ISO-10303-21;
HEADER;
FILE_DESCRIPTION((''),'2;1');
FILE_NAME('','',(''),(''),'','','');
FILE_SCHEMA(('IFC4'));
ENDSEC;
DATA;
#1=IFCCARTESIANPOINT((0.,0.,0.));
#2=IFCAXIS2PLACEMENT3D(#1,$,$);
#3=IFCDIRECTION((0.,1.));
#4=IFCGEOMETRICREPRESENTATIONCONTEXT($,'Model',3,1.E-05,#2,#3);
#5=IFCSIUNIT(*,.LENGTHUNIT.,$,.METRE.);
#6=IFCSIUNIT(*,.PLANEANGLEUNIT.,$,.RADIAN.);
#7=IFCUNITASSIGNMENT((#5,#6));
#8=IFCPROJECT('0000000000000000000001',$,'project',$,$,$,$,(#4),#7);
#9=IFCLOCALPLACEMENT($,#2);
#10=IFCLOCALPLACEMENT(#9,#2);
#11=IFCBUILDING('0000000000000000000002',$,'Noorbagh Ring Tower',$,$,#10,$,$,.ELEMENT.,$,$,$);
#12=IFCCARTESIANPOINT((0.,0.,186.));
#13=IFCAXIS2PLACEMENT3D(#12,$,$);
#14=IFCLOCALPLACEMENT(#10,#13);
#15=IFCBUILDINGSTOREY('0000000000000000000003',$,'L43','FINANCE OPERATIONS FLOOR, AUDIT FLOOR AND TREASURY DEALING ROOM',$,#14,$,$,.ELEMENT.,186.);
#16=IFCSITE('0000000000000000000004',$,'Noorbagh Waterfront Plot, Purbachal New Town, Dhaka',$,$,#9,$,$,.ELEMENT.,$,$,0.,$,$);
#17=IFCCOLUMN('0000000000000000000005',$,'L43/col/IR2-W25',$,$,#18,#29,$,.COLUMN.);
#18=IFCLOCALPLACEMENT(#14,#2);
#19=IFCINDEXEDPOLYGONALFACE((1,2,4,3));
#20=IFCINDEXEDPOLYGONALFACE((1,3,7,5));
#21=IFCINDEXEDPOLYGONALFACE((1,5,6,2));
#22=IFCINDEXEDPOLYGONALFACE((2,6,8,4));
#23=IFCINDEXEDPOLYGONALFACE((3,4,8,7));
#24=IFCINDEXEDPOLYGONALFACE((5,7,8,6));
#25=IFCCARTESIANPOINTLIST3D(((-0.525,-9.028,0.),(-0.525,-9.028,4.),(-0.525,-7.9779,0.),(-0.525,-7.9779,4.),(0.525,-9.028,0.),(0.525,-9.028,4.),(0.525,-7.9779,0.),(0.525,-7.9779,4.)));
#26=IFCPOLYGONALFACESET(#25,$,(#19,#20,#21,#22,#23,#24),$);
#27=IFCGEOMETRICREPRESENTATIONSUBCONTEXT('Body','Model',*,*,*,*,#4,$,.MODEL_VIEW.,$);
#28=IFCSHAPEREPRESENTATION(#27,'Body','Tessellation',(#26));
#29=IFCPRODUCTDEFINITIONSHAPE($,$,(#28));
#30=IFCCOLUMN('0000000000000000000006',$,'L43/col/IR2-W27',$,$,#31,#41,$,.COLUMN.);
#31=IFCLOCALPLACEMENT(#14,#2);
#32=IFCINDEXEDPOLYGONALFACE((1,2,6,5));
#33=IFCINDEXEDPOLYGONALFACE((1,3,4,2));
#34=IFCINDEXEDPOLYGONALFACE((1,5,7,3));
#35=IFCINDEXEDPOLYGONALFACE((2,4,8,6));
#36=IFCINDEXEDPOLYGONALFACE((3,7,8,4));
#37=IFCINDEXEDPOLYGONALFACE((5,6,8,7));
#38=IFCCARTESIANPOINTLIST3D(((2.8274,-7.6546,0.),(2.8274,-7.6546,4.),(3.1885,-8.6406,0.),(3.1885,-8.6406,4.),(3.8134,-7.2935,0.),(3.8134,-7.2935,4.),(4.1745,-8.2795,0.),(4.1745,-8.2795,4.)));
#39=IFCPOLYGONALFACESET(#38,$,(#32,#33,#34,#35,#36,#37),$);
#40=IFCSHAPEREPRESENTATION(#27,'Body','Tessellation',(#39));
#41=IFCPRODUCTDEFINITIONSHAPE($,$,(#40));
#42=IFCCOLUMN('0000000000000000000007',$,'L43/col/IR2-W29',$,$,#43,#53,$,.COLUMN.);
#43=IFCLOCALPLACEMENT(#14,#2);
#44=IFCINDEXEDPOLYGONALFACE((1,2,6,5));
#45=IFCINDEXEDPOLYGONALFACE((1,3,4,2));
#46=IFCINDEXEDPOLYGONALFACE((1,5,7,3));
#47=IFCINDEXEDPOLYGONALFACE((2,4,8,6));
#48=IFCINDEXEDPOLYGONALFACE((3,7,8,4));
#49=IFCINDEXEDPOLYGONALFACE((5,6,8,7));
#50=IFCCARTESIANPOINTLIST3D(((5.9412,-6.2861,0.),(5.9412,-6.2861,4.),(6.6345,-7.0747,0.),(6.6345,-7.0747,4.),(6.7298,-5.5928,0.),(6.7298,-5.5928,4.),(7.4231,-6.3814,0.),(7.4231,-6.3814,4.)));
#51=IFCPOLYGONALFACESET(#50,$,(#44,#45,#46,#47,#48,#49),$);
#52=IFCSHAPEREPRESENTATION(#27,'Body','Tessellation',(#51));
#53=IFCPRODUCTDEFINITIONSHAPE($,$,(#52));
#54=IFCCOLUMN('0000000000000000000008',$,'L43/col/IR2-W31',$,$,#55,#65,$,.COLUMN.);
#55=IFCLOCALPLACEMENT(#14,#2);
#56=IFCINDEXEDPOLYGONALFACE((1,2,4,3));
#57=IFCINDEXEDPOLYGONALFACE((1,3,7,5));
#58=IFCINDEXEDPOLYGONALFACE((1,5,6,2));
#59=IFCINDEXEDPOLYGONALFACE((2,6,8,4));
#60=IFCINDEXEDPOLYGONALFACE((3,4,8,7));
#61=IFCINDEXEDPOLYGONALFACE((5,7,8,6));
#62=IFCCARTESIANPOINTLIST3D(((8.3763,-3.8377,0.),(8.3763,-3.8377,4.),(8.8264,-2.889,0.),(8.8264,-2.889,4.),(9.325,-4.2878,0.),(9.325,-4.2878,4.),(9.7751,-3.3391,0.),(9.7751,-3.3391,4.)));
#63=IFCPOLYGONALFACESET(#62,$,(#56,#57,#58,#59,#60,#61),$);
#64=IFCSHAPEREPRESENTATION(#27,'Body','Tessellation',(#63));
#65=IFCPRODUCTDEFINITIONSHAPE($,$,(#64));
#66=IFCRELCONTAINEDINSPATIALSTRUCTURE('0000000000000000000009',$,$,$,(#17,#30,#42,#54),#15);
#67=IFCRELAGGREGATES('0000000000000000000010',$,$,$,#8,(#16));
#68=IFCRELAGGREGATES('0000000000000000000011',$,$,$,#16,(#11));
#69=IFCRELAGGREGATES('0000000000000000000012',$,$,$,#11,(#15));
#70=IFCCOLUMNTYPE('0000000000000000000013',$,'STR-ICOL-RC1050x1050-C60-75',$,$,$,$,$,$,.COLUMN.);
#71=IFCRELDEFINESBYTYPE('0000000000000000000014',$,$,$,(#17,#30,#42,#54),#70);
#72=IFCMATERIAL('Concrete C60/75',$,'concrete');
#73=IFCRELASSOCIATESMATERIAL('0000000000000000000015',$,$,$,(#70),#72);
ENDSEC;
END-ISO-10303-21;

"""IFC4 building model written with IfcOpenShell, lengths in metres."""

from ifc_helpers import new_model, si_unit, direction, frame, origin, origin_2d, place, context, subcontext, project, spatial, rectangle, extrude, material, material_profile, profile_set, type_object, element, save


model = new_model("IFC4")

# Units and contexts
model_context = context("Model", 3, precision=1e-05, world=origin(), true_north=direction((0.0, 1.0)))
body_context = subcontext(model_context, "Body", "Model", "MODEL_VIEW")
ifc_project = project(units=[si_unit("LENGTHUNIT", "METRE"), si_unit("PLANEANGLEUNIT", "RADIAN")], contexts=[model_context])

# Site, building, storey
site_placement = place(None, origin())
site = spatial("IfcSite", under=ifc_project, at=site_placement, Name="Noorbagh Waterfront Plot, Purbachal New Town, Dhaka", CompositionType="ELEMENT", RefElevation=0.0)
building_placement = place(site_placement, origin())
building = spatial("IfcBuilding", under=site, at=building_placement, Name="Noorbagh Ring Tower", CompositionType="ELEMENT")
storey_placement = place(building_placement, frame((0.0, 0.0, 186.0)))
storey = spatial("IfcBuildingStorey", under=building, at=storey_placement, Name="L43", Description="FINANCE OPERATIONS FLOOR, AUDIT FLOOR AND TREASURY DEALING ROOM", CompositionType="ELEMENT", Elevation=186.0)

# Columns
ifc_material_1 = material(Name="Concrete C60/75", Category="concrete")
ifc_material_profile_1 = material_profile(ifc_material_1, rectangle(XDim=1.05, YDim=1.05, at=origin_2d()), Name="RC1050x1050")
ifc_profile_set_1 = profile_set([ifc_material_profile_1], Name="Concrete C60/75")
column_type = type_object("IfcColumnType", Name="STR-ICOL-RC1050x1050-C60-75", PredefinedType="COLUMN", material=ifc_profile_set_1)
for number, where, z_axis, x_axis, name in (
    (1, (0.0, -8.5029, 0.0), (0.0, 0.0, 1.0), (1.0, 0.0, 0.0), "L43/col/IR2-W25"),
    (2, (3.501, -7.967, 0.0), (0.0, 0.0, 1.0), (0.93902, 0.343864, 0.0), "L43/col/IR2-W27"),
    (3, (6.6821, -6.3337, 0.0), (0.0, 0.0, 1.0), (0.751022, 0.660277, 0.0), "L43/col/IR2-W29"),
    (4, (9.0757, -3.5884, 0.0), (0.0, 0.0, 1.0), (0.428667, 0.903463, 0.0), "L43/col/IR2-W31"),
):
    element("IfcColumn", number, at=place(storey_placement, frame(where, z_axis=z_axis, x_axis=x_axis)), inside=storey, type_object=column_type, Name=name, PredefinedType="COLUMN", context=body_context, shape_type="SweptSolid", body=[
        extrude(rectangle(XDim=1.05, YDim=1.05, at=origin_2d()), origin(), (0.0, 0.0, 1.0), 4.0),
    ])

save(model, "model.ifc")
